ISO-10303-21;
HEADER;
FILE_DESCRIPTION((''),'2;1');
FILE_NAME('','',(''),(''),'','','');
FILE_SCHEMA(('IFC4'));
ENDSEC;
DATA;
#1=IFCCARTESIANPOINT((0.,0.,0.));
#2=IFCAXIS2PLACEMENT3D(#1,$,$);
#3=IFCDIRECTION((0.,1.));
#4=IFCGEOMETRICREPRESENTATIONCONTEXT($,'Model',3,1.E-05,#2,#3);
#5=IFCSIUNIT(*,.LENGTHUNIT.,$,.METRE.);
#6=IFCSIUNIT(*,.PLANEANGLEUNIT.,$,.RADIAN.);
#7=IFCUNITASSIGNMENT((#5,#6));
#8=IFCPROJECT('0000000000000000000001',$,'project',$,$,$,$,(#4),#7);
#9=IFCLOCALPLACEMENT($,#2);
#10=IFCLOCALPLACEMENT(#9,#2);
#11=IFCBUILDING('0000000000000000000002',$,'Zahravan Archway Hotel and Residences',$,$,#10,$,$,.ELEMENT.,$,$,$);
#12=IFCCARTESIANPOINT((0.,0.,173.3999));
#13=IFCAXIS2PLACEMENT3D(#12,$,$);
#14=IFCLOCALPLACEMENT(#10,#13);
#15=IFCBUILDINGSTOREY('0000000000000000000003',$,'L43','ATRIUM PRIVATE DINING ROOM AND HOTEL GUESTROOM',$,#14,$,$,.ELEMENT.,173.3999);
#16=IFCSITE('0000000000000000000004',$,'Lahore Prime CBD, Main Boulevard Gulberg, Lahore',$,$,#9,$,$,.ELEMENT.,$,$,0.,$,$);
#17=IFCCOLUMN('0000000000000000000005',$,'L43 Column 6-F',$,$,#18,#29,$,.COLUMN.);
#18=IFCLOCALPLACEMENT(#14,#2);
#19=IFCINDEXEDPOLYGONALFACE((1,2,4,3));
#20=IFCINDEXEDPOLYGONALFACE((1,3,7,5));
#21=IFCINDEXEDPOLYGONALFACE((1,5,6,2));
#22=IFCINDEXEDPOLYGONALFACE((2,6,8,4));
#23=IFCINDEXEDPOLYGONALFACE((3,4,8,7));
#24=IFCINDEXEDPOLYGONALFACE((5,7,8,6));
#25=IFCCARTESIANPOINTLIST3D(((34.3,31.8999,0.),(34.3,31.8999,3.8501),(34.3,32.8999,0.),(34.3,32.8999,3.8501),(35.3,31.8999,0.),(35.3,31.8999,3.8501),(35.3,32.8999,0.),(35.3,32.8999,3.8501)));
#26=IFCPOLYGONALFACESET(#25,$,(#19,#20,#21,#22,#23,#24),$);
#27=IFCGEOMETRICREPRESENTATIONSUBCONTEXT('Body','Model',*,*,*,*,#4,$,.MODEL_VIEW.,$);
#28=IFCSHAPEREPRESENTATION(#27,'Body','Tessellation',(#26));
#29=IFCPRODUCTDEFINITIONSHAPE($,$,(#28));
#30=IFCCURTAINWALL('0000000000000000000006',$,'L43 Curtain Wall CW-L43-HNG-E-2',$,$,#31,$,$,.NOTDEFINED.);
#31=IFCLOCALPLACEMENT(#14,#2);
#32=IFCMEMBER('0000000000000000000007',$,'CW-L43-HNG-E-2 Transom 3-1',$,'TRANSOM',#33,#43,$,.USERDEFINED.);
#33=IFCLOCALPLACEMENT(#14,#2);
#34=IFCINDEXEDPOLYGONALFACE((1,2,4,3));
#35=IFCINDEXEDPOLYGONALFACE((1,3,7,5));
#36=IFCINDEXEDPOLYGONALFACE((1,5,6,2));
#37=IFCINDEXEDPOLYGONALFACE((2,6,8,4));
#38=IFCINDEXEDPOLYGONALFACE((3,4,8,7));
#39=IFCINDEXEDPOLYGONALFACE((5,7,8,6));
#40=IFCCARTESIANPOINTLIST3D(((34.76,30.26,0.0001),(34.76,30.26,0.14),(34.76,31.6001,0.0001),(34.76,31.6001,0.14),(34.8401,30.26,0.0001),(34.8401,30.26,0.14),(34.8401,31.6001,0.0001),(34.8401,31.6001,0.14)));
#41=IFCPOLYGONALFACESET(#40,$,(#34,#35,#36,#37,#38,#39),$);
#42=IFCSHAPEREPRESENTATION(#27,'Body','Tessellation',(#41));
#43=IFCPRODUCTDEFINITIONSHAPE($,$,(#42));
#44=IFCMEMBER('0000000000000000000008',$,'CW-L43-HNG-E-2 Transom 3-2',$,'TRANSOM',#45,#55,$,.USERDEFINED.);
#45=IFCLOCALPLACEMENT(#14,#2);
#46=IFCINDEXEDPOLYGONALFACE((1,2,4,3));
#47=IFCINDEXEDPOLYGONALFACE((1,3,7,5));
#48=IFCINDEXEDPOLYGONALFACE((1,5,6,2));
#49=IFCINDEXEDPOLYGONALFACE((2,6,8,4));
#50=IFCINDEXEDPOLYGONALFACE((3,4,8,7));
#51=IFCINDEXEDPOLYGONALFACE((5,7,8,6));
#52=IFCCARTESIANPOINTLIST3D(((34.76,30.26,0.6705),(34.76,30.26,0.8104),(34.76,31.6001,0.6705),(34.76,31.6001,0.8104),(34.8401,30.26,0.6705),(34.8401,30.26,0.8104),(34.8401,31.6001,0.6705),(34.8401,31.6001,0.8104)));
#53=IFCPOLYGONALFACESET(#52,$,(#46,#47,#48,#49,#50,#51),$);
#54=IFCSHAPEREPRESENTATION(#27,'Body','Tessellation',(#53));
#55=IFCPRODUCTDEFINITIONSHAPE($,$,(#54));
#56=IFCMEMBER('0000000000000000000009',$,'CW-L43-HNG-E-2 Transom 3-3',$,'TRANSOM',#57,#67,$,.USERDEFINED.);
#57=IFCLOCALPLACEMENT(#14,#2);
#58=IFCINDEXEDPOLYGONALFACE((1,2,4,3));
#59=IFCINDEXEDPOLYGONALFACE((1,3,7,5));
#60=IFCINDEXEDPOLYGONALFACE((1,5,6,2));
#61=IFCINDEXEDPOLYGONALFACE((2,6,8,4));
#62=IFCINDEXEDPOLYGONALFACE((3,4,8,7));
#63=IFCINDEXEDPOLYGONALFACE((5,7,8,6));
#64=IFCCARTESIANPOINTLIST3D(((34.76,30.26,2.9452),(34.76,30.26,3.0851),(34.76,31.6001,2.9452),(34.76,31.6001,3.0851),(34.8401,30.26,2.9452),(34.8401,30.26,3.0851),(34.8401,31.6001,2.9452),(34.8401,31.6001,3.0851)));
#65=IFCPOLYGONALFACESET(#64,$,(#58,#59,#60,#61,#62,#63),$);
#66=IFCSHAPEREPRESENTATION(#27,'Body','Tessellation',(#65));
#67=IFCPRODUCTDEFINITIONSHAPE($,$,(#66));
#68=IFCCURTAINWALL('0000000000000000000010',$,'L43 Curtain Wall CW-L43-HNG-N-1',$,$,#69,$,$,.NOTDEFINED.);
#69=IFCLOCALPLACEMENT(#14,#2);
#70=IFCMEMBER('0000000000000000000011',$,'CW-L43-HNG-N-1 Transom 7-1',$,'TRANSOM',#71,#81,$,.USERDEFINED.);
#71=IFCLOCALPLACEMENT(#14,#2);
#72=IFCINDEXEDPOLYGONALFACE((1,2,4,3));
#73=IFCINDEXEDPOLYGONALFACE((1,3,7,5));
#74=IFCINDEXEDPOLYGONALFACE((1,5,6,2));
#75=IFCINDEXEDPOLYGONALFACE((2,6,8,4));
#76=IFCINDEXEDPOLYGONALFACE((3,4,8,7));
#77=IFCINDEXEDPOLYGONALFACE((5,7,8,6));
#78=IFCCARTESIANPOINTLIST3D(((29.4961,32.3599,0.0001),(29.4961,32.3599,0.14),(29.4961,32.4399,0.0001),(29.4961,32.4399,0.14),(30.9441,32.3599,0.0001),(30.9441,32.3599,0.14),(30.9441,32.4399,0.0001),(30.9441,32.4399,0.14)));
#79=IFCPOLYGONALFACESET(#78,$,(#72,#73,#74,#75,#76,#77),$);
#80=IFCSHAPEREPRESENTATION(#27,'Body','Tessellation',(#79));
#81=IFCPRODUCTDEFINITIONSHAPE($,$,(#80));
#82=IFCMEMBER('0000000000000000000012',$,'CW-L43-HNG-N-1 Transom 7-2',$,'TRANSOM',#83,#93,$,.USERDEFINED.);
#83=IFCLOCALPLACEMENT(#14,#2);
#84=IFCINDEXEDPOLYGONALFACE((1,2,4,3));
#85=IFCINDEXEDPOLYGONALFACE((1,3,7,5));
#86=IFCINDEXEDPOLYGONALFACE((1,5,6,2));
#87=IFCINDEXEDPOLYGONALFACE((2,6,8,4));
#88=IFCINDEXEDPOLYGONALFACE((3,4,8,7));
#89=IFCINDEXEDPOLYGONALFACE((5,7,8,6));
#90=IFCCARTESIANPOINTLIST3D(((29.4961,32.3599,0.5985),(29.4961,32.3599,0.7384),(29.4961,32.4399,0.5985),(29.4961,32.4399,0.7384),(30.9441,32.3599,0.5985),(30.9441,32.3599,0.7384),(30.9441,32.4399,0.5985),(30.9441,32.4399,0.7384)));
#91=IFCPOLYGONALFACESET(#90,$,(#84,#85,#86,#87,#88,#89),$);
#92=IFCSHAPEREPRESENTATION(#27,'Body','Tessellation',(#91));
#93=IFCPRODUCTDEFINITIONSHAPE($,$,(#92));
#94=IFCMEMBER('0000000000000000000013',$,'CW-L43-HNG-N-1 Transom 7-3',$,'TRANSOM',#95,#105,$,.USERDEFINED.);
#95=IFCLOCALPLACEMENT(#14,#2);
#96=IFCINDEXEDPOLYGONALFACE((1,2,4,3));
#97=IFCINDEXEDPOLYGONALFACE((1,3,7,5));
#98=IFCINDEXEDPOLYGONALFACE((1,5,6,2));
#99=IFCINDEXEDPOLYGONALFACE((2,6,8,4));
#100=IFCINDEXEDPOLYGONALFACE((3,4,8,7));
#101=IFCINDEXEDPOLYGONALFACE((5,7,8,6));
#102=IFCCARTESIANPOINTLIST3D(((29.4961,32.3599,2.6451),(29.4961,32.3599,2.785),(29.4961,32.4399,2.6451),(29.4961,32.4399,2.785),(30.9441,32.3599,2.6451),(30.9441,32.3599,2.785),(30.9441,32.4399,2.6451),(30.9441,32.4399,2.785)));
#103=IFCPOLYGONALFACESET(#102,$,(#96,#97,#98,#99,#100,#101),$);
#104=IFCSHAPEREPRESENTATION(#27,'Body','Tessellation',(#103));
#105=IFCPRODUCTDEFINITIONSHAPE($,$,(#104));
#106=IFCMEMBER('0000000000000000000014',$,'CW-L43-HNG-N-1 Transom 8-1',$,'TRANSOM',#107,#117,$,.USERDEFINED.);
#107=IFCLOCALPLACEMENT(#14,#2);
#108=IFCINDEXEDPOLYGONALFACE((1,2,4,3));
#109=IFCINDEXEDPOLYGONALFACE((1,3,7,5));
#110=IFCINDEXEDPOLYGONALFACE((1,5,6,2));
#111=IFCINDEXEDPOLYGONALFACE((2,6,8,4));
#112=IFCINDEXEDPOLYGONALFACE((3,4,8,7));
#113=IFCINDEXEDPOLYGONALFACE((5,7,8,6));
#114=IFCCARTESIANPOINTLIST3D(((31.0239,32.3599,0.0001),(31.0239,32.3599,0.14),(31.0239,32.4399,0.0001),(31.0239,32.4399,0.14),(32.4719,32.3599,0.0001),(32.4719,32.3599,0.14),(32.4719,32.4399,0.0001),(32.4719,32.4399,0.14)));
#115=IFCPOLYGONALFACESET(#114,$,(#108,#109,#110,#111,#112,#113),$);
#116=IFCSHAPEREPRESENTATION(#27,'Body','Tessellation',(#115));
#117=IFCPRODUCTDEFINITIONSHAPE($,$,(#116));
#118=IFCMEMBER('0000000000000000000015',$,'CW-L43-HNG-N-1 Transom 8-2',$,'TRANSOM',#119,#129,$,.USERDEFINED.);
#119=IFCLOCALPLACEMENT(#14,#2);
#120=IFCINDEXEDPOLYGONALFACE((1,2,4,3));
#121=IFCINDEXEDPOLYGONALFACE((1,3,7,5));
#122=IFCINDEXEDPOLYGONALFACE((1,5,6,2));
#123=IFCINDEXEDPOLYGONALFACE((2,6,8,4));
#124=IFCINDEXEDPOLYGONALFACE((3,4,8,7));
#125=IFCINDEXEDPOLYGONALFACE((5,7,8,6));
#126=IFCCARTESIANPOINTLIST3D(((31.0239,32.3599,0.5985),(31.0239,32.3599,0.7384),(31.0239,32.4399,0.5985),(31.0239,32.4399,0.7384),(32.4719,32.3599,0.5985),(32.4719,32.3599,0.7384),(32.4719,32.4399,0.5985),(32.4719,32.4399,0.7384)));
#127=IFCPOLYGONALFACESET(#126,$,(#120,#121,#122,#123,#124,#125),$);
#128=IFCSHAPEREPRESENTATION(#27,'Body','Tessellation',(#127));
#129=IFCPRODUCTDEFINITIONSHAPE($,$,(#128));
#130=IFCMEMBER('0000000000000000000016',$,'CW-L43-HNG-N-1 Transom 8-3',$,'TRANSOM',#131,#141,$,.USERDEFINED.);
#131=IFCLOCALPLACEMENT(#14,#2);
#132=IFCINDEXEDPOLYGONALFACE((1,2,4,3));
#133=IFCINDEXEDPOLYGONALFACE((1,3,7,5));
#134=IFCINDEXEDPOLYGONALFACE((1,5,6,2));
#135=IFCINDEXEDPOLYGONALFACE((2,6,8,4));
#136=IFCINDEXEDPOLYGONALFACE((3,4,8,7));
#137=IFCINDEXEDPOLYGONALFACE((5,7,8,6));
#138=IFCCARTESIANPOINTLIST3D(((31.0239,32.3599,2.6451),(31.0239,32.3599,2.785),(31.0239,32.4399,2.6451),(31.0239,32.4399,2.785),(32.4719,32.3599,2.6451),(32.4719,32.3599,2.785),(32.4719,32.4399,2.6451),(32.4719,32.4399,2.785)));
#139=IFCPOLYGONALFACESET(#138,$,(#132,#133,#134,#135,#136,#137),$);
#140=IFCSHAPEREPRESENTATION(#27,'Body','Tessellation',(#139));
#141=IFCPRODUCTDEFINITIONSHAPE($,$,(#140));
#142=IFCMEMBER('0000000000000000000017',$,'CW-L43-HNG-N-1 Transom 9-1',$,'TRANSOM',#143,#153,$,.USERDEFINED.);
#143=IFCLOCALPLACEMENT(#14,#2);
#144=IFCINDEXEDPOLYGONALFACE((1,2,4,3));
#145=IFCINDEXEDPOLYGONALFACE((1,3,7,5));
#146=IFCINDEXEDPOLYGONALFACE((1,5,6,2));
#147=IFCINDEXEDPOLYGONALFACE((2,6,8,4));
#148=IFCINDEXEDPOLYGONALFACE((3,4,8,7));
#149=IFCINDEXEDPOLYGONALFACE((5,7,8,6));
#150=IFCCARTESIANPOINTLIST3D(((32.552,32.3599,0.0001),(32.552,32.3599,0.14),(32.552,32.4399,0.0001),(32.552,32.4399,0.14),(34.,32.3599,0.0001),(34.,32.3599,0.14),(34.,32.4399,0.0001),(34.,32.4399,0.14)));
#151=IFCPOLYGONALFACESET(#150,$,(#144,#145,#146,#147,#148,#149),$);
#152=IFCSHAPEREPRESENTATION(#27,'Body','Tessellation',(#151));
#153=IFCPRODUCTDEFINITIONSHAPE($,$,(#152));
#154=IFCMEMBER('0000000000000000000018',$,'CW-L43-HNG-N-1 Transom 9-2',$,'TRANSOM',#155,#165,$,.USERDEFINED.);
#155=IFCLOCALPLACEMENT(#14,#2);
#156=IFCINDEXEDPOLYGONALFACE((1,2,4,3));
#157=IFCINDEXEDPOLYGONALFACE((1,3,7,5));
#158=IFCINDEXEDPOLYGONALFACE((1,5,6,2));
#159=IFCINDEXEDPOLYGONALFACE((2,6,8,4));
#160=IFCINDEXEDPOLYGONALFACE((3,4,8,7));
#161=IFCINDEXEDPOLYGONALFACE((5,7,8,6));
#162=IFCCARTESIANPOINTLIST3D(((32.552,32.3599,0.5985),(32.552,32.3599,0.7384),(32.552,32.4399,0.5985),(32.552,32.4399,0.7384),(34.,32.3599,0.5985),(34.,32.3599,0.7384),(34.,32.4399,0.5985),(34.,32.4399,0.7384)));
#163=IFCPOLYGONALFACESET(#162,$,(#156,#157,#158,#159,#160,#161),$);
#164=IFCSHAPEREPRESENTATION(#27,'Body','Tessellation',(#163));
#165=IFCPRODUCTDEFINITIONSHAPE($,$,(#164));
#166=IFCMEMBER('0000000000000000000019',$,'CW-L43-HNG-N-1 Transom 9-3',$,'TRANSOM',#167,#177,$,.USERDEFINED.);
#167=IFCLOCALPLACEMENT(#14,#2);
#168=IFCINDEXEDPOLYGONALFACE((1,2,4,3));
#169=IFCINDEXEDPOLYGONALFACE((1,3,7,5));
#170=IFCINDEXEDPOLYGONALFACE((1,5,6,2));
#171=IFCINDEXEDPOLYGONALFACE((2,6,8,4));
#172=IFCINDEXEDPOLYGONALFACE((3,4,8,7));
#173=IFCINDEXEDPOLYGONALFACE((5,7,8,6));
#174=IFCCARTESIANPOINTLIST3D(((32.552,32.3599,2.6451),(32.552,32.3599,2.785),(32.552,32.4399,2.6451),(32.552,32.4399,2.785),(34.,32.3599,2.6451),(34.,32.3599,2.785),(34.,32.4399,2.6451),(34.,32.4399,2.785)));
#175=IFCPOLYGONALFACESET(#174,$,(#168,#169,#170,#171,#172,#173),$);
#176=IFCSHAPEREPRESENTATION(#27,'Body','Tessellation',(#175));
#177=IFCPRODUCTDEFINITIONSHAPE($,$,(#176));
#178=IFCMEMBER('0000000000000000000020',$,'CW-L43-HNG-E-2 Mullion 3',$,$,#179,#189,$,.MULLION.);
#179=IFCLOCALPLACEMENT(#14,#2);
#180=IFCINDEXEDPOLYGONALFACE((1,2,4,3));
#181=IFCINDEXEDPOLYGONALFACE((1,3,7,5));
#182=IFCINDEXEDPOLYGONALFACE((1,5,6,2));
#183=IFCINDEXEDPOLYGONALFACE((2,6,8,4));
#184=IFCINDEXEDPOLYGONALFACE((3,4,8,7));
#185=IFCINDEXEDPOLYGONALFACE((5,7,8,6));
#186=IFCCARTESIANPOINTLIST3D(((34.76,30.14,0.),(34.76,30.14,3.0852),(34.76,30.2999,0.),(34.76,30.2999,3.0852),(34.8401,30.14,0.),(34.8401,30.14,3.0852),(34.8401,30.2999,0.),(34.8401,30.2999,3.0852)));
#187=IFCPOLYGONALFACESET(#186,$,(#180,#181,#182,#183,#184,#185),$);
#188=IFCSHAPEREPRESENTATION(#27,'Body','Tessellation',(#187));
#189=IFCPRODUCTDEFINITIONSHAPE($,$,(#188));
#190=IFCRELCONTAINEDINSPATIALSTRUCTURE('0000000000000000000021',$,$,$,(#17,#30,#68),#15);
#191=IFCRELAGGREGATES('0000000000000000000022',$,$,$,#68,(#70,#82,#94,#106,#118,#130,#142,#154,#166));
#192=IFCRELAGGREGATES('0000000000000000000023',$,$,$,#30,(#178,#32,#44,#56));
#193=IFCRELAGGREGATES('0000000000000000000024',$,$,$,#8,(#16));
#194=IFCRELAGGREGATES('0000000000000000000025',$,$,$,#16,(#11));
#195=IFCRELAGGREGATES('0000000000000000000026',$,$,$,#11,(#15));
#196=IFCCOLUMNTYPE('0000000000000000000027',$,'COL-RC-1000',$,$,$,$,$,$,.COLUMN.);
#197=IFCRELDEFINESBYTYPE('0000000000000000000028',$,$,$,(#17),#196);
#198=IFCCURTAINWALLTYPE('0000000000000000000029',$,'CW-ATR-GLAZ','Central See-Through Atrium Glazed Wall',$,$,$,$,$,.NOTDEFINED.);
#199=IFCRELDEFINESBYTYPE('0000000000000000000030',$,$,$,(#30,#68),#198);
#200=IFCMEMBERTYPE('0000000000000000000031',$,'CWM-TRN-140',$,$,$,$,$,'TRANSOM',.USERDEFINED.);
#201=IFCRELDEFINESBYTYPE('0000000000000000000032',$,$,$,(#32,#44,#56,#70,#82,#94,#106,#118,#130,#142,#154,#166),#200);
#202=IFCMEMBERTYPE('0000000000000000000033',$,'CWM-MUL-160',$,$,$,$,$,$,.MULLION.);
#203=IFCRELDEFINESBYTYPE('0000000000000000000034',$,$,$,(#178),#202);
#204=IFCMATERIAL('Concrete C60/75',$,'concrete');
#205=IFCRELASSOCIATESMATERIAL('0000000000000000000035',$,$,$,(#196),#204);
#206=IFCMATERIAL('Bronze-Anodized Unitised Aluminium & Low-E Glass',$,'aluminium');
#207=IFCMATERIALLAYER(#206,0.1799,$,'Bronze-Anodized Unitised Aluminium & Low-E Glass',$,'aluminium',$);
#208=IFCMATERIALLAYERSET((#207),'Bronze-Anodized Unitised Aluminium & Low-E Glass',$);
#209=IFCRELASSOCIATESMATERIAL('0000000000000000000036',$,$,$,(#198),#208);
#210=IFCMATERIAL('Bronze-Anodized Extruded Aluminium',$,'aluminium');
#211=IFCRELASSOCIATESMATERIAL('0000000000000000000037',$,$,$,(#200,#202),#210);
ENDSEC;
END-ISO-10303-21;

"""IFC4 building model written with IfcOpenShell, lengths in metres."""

from ifc_helpers import new_model, si_unit, direction, frame, origin, origin_2d, place, context, subcontext, project, spatial, rectangle, extrude, source, transform, mapped, material, layer, layer_set, material_profile, profile_set, type_object, element, aggregate, save


model = new_model("IFC4")

# Units and contexts
model_context = context("Model", 3, precision=1e-05, world=origin(), true_north=direction((0.0, 1.0)))
body_context = subcontext(model_context, "Body", "Model", "MODEL_VIEW")
ifc_project = project(units=[si_unit("LENGTHUNIT", "METRE"), si_unit("PLANEANGLEUNIT", "RADIAN")], contexts=[model_context])

# Site, building, storey
site_placement = place(None, origin())
site = spatial("IfcSite", under=ifc_project, at=site_placement, Name="Lahore Prime CBD, Main Boulevard Gulberg, Lahore", CompositionType="ELEMENT", RefElevation=0.0)
building_placement = place(site_placement, origin())
building = spatial("IfcBuilding", under=site, at=building_placement, Name="Zahravan Archway Hotel and Residences", CompositionType="ELEMENT")
storey_placement = place(building_placement, frame((0.0, 0.0, 173.3999)))
storey = spatial("IfcBuildingStorey", under=building, at=storey_placement, Name="L43", Description="ATRIUM PRIVATE DINING ROOM AND HOTEL GUESTROOM", CompositionType="ELEMENT", Elevation=173.3999)

# Column
ifc_material_1 = material(Name="Concrete C60/75", Category="concrete")
ifc_material_profile_1 = material_profile(ifc_material_1, rectangle(XDim=1.0, YDim=1.0, at=origin_2d()), Name="RC-COL-1000x1000", Category="concrete")
ifc_profile_set_1 = profile_set([ifc_material_profile_1], Name="Concrete C60/75")
column_type = type_object("IfcColumnType", Name="COL-RC-1000", PredefinedType="COLUMN", material=ifc_profile_set_1)
shared_shape_1 = source(origin(), body_context, "Body", "SweptSolid", [
    extrude(rectangle(XDim=1.0, YDim=1.0, at=origin_2d()), origin(), (0.0, 0.0, 1.0), 3.8501),
])
column_placement = place(storey_placement, frame((34.8, 32.3999, 0.0), z_axis=(0.0, 0.0, 1.0), x_axis=(1.0, 0.0, 0.0)))
element("IfcColumn", 1, at=column_placement, inside=storey, type_object=column_type, Name="L43 Column 6-F", PredefinedType="COLUMN", context=body_context, shape_type="MappedRepresentation", body=[
    mapped(shared_shape_1, transform((0.0, 0.0, 0.0), scale=1.0)),
])

# Curtain walls, members
ifc_material_2 = material(Name="Bronze-Anodized Unitised Aluminium & Low-E Glass", Category="aluminium")
ifc_layer_1 = layer(ifc_material_2, 0.1799, Name="Bronze-Anodized Unitised Aluminium & Low-E Glass", Category="aluminium")
ifc_layer_set_1 = layer_set([ifc_layer_1], Name="Bronze-Anodized Unitised Aluminium & Low-E Glass")
curtain_wall_type = type_object("IfcCurtainWallType", Name="CW-ATR-GLAZ", Description="Central See-Through Atrium Glazed Wall", PredefinedType="NOTDEFINED", material=ifc_layer_set_1)
curtain_wall_1_placement = place(storey_placement, origin())
curtain_wall_1 = element("IfcCurtainWall", 2, at=curtain_wall_1_placement, inside=storey, type_object=curtain_wall_type, Name="L43 Curtain Wall CW-L43-HNG-E-2", PredefinedType="NOTDEFINED")
ifc_material_3 = material(Name="Bronze-Anodized Extruded Aluminium", Category="aluminium")
ifc_material_profile_2 = material_profile(ifc_material_3, rectangle(XDim=0.0801, YDim=0.1399, at=origin_2d()), Name="TRN 80x140", Category="aluminium")
ifc_profile_set_2 = profile_set([ifc_material_profile_2], Name="Bronze-Anodized Extruded Aluminium")
member_type_1 = type_object("IfcMemberType", Name="CWM-TRN-140", ElementType="TRANSOM", PredefinedType="USERDEFINED", material=ifc_profile_set_2)
shared_shape_2 = source(origin(), body_context, "Body", "SweptSolid", [
    extrude(rectangle(XDim=0.0801, YDim=0.1399, at=origin_2d()), origin(), (0.0, 0.0, 1.0), 1.3401),
])
member_1_placement = place(storey_placement, frame((34.8, 30.26, 0.0701), z_axis=(0.0, 1.0, 0.0), x_axis=(-1.0, 0.0, 0.0)))
member_1 = element("IfcMember", 3, at=member_1_placement, type_object=member_type_1, Name="CW-L43-HNG-E-2 Transom 3-1", ObjectType="TRANSOM", PredefinedType="USERDEFINED", context=body_context, shape_type="MappedRepresentation", body=[
    mapped(shared_shape_2, transform((0.0, 0.0, 0.0), scale=1.0)),
])
member_2_placement = place(storey_placement, frame((34.8, 30.26, 0.7405), z_axis=(0.0, 1.0, 0.0), x_axis=(-1.0, 0.0, 0.0)))
member_2 = element("IfcMember", 4, at=member_2_placement, type_object=member_type_1, Name="CW-L43-HNG-E-2 Transom 3-2", ObjectType="TRANSOM", PredefinedType="USERDEFINED", context=body_context, shape_type="MappedRepresentation", body=[
    mapped(shared_shape_2, transform((0.0, 0.0, 0.0), scale=1.0)),
])
member_3_placement = place(storey_placement, frame((34.8, 30.26, 3.0151), z_axis=(0.0, 1.0, 0.0), x_axis=(-1.0, 0.0, 0.0)))
member_3 = element("IfcMember", 5, at=member_3_placement, type_object=member_type_1, Name="CW-L43-HNG-E-2 Transom 3-3", ObjectType="TRANSOM", PredefinedType="USERDEFINED", context=body_context, shape_type="MappedRepresentation", body=[
    mapped(shared_shape_2, transform((0.0, 0.0, 0.0), scale=1.0)),
])
curtain_wall_2_placement = place(storey_placement, origin())
curtain_wall_2 = element("IfcCurtainWall", 6, at=curtain_wall_2_placement, inside=storey, type_object=curtain_wall_type, Name="L43 Curtain Wall CW-L43-HNG-N-1", PredefinedType="NOTDEFINED")
shared_shape_3 = source(origin(), body_context, "Body", "SweptSolid", [
    extrude(rectangle(XDim=0.0801, YDim=0.1399, at=origin_2d()), origin(), (0.0, 0.0, 1.0), 1.448),
])
member_4_placement = place(storey_placement, frame((29.4961, 32.3999, 0.0701), z_axis=(1.0, 0.0, 0.0), x_axis=(0.0, 1.0, 0.0)))
member_4 = element("IfcMember", 7, at=member_4_placement, type_object=member_type_1, Name="CW-L43-HNG-N-1 Transom 7-1", ObjectType="TRANSOM", PredefinedType="USERDEFINED", context=body_context, shape_type="MappedRepresentation", body=[
    mapped(shared_shape_3, transform((0.0, 0.0, 0.0), scale=1.0)),
])
member_5_placement = place(storey_placement, frame((29.4961, 32.3999, 0.6685), z_axis=(1.0, 0.0, 0.0), x_axis=(0.0, 1.0, 0.0)))
member_5 = element("IfcMember", 8, at=member_5_placement, type_object=member_type_1, Name="CW-L43-HNG-N-1 Transom 7-2", ObjectType="TRANSOM", PredefinedType="USERDEFINED", context=body_context, shape_type="MappedRepresentation", body=[
    mapped(shared_shape_3, transform((0.0, 0.0, 0.0), scale=1.0)),
])
member_6_placement = place(storey_placement, frame((29.4961, 32.3999, 2.7151), z_axis=(1.0, 0.0, 0.0), x_axis=(0.0, 1.0, 0.0)))
member_6 = element("IfcMember", 9, at=member_6_placement, type_object=member_type_1, Name="CW-L43-HNG-N-1 Transom 7-3", ObjectType="TRANSOM", PredefinedType="USERDEFINED", context=body_context, shape_type="MappedRepresentation", body=[
    mapped(shared_shape_3, transform((0.0, 0.0, 0.0), scale=1.0)),
])
member_7_placement = place(storey_placement, frame((31.0239, 32.3999, 0.0701), z_axis=(1.0, 0.0, 0.0), x_axis=(0.0, 1.0, 0.0)))
member_7 = element("IfcMember", 10, at=member_7_placement, type_object=member_type_1, Name="CW-L43-HNG-N-1 Transom 8-1", ObjectType="TRANSOM", PredefinedType="USERDEFINED", context=body_context, shape_type="MappedRepresentation", body=[
    mapped(shared_shape_3, transform((0.0, 0.0, 0.0), scale=1.0)),
])
member_8_placement = place(storey_placement, frame((31.0239, 32.3999, 0.6685), z_axis=(1.0, 0.0, 0.0), x_axis=(0.0, 1.0, 0.0)))
member_8 = element("IfcMember", 11, at=member_8_placement, type_object=member_type_1, Name="CW-L43-HNG-N-1 Transom 8-2", ObjectType="TRANSOM", PredefinedType="USERDEFINED", context=body_context, shape_type="MappedRepresentation", body=[
    mapped(shared_shape_3, transform((0.0, 0.0, 0.0), scale=1.0)),
])
member_9_placement = place(storey_placement, frame((31.0239, 32.3999, 2.7151), z_axis=(1.0, 0.0, 0.0), x_axis=(0.0, 1.0, 0.0)))
member_9 = element("IfcMember", 12, at=member_9_placement, type_object=member_type_1, Name="CW-L43-HNG-N-1 Transom 8-3", ObjectType="TRANSOM", PredefinedType="USERDEFINED", context=body_context, shape_type="MappedRepresentation", body=[
    mapped(shared_shape_3, transform((0.0, 0.0, 0.0), scale=1.0)),
])
member_10_placement = place(storey_placement, frame((32.552, 32.3999, 0.0701), z_axis=(1.0, 0.0, 0.0), x_axis=(0.0, 1.0, 0.0)))
member_10 = element("IfcMember", 13, at=member_10_placement, type_object=member_type_1, Name="CW-L43-HNG-N-1 Transom 9-1", ObjectType="TRANSOM", PredefinedType="USERDEFINED", context=body_context, shape_type="MappedRepresentation", body=[
    mapped(shared_shape_3, transform((0.0, 0.0, 0.0), scale=1.0)),
])
member_11_placement = place(storey_placement, frame((32.552, 32.3999, 0.6685), z_axis=(1.0, 0.0, 0.0), x_axis=(0.0, 1.0, 0.0)))
member_11 = element("IfcMember", 14, at=member_11_placement, type_object=member_type_1, Name="CW-L43-HNG-N-1 Transom 9-2", ObjectType="TRANSOM", PredefinedType="USERDEFINED", context=body_context, shape_type="MappedRepresentation", body=[
    mapped(shared_shape_3, transform((0.0, 0.0, 0.0), scale=1.0)),
])
member_12_placement = place(storey_placement, frame((32.552, 32.3999, 2.7151), z_axis=(1.0, 0.0, 0.0), x_axis=(0.0, 1.0, 0.0)))
member_12 = element("IfcMember", 15, at=member_12_placement, type_object=member_type_1, Name="CW-L43-HNG-N-1 Transom 9-3", ObjectType="TRANSOM", PredefinedType="USERDEFINED", context=body_context, shape_type="MappedRepresentation", body=[
    mapped(shared_shape_3, transform((0.0, 0.0, 0.0), scale=1.0)),
])

# Member
ifc_material_profile_3 = material_profile(ifc_material_3, rectangle(XDim=0.0801, YDim=0.1599, at=origin_2d()), Name="MUL 80x160", Category="aluminium")
ifc_profile_set_3 = profile_set([ifc_material_profile_3], Name="Bronze-Anodized Extruded Aluminium")
member_type_2 = type_object("IfcMemberType", Name="CWM-MUL-160", PredefinedType="MULLION", material=ifc_profile_set_3)
shared_shape_4 = source(origin(), body_context, "Body", "SweptSolid", [
    extrude(rectangle(XDim=0.0801, YDim=0.1599, at=origin_2d()), origin(), (0.0, 0.0, 1.0), 3.0852),
])
member_13_placement = place(storey_placement, frame((34.8, 30.22, 0.0), z_axis=(0.0, 0.0, 1.0), x_axis=(1.0, 0.0, 0.0)))
member_13 = element("IfcMember", 16, at=member_13_placement, type_object=member_type_2, Name="CW-L43-HNG-E-2 Mullion 3", PredefinedType="MULLION", context=body_context, shape_type="MappedRepresentation", body=[
    mapped(shared_shape_4, transform((0.0, 0.0, 0.0), scale=1.0)),
])

aggregate(curtain_wall_2, [member_4, member_5, member_6, member_7, member_8, member_9, member_10, member_11, member_12])
aggregate(curtain_wall_1, [member_13, member_1, member_2, member_3])

save(model, "model.ifc")
